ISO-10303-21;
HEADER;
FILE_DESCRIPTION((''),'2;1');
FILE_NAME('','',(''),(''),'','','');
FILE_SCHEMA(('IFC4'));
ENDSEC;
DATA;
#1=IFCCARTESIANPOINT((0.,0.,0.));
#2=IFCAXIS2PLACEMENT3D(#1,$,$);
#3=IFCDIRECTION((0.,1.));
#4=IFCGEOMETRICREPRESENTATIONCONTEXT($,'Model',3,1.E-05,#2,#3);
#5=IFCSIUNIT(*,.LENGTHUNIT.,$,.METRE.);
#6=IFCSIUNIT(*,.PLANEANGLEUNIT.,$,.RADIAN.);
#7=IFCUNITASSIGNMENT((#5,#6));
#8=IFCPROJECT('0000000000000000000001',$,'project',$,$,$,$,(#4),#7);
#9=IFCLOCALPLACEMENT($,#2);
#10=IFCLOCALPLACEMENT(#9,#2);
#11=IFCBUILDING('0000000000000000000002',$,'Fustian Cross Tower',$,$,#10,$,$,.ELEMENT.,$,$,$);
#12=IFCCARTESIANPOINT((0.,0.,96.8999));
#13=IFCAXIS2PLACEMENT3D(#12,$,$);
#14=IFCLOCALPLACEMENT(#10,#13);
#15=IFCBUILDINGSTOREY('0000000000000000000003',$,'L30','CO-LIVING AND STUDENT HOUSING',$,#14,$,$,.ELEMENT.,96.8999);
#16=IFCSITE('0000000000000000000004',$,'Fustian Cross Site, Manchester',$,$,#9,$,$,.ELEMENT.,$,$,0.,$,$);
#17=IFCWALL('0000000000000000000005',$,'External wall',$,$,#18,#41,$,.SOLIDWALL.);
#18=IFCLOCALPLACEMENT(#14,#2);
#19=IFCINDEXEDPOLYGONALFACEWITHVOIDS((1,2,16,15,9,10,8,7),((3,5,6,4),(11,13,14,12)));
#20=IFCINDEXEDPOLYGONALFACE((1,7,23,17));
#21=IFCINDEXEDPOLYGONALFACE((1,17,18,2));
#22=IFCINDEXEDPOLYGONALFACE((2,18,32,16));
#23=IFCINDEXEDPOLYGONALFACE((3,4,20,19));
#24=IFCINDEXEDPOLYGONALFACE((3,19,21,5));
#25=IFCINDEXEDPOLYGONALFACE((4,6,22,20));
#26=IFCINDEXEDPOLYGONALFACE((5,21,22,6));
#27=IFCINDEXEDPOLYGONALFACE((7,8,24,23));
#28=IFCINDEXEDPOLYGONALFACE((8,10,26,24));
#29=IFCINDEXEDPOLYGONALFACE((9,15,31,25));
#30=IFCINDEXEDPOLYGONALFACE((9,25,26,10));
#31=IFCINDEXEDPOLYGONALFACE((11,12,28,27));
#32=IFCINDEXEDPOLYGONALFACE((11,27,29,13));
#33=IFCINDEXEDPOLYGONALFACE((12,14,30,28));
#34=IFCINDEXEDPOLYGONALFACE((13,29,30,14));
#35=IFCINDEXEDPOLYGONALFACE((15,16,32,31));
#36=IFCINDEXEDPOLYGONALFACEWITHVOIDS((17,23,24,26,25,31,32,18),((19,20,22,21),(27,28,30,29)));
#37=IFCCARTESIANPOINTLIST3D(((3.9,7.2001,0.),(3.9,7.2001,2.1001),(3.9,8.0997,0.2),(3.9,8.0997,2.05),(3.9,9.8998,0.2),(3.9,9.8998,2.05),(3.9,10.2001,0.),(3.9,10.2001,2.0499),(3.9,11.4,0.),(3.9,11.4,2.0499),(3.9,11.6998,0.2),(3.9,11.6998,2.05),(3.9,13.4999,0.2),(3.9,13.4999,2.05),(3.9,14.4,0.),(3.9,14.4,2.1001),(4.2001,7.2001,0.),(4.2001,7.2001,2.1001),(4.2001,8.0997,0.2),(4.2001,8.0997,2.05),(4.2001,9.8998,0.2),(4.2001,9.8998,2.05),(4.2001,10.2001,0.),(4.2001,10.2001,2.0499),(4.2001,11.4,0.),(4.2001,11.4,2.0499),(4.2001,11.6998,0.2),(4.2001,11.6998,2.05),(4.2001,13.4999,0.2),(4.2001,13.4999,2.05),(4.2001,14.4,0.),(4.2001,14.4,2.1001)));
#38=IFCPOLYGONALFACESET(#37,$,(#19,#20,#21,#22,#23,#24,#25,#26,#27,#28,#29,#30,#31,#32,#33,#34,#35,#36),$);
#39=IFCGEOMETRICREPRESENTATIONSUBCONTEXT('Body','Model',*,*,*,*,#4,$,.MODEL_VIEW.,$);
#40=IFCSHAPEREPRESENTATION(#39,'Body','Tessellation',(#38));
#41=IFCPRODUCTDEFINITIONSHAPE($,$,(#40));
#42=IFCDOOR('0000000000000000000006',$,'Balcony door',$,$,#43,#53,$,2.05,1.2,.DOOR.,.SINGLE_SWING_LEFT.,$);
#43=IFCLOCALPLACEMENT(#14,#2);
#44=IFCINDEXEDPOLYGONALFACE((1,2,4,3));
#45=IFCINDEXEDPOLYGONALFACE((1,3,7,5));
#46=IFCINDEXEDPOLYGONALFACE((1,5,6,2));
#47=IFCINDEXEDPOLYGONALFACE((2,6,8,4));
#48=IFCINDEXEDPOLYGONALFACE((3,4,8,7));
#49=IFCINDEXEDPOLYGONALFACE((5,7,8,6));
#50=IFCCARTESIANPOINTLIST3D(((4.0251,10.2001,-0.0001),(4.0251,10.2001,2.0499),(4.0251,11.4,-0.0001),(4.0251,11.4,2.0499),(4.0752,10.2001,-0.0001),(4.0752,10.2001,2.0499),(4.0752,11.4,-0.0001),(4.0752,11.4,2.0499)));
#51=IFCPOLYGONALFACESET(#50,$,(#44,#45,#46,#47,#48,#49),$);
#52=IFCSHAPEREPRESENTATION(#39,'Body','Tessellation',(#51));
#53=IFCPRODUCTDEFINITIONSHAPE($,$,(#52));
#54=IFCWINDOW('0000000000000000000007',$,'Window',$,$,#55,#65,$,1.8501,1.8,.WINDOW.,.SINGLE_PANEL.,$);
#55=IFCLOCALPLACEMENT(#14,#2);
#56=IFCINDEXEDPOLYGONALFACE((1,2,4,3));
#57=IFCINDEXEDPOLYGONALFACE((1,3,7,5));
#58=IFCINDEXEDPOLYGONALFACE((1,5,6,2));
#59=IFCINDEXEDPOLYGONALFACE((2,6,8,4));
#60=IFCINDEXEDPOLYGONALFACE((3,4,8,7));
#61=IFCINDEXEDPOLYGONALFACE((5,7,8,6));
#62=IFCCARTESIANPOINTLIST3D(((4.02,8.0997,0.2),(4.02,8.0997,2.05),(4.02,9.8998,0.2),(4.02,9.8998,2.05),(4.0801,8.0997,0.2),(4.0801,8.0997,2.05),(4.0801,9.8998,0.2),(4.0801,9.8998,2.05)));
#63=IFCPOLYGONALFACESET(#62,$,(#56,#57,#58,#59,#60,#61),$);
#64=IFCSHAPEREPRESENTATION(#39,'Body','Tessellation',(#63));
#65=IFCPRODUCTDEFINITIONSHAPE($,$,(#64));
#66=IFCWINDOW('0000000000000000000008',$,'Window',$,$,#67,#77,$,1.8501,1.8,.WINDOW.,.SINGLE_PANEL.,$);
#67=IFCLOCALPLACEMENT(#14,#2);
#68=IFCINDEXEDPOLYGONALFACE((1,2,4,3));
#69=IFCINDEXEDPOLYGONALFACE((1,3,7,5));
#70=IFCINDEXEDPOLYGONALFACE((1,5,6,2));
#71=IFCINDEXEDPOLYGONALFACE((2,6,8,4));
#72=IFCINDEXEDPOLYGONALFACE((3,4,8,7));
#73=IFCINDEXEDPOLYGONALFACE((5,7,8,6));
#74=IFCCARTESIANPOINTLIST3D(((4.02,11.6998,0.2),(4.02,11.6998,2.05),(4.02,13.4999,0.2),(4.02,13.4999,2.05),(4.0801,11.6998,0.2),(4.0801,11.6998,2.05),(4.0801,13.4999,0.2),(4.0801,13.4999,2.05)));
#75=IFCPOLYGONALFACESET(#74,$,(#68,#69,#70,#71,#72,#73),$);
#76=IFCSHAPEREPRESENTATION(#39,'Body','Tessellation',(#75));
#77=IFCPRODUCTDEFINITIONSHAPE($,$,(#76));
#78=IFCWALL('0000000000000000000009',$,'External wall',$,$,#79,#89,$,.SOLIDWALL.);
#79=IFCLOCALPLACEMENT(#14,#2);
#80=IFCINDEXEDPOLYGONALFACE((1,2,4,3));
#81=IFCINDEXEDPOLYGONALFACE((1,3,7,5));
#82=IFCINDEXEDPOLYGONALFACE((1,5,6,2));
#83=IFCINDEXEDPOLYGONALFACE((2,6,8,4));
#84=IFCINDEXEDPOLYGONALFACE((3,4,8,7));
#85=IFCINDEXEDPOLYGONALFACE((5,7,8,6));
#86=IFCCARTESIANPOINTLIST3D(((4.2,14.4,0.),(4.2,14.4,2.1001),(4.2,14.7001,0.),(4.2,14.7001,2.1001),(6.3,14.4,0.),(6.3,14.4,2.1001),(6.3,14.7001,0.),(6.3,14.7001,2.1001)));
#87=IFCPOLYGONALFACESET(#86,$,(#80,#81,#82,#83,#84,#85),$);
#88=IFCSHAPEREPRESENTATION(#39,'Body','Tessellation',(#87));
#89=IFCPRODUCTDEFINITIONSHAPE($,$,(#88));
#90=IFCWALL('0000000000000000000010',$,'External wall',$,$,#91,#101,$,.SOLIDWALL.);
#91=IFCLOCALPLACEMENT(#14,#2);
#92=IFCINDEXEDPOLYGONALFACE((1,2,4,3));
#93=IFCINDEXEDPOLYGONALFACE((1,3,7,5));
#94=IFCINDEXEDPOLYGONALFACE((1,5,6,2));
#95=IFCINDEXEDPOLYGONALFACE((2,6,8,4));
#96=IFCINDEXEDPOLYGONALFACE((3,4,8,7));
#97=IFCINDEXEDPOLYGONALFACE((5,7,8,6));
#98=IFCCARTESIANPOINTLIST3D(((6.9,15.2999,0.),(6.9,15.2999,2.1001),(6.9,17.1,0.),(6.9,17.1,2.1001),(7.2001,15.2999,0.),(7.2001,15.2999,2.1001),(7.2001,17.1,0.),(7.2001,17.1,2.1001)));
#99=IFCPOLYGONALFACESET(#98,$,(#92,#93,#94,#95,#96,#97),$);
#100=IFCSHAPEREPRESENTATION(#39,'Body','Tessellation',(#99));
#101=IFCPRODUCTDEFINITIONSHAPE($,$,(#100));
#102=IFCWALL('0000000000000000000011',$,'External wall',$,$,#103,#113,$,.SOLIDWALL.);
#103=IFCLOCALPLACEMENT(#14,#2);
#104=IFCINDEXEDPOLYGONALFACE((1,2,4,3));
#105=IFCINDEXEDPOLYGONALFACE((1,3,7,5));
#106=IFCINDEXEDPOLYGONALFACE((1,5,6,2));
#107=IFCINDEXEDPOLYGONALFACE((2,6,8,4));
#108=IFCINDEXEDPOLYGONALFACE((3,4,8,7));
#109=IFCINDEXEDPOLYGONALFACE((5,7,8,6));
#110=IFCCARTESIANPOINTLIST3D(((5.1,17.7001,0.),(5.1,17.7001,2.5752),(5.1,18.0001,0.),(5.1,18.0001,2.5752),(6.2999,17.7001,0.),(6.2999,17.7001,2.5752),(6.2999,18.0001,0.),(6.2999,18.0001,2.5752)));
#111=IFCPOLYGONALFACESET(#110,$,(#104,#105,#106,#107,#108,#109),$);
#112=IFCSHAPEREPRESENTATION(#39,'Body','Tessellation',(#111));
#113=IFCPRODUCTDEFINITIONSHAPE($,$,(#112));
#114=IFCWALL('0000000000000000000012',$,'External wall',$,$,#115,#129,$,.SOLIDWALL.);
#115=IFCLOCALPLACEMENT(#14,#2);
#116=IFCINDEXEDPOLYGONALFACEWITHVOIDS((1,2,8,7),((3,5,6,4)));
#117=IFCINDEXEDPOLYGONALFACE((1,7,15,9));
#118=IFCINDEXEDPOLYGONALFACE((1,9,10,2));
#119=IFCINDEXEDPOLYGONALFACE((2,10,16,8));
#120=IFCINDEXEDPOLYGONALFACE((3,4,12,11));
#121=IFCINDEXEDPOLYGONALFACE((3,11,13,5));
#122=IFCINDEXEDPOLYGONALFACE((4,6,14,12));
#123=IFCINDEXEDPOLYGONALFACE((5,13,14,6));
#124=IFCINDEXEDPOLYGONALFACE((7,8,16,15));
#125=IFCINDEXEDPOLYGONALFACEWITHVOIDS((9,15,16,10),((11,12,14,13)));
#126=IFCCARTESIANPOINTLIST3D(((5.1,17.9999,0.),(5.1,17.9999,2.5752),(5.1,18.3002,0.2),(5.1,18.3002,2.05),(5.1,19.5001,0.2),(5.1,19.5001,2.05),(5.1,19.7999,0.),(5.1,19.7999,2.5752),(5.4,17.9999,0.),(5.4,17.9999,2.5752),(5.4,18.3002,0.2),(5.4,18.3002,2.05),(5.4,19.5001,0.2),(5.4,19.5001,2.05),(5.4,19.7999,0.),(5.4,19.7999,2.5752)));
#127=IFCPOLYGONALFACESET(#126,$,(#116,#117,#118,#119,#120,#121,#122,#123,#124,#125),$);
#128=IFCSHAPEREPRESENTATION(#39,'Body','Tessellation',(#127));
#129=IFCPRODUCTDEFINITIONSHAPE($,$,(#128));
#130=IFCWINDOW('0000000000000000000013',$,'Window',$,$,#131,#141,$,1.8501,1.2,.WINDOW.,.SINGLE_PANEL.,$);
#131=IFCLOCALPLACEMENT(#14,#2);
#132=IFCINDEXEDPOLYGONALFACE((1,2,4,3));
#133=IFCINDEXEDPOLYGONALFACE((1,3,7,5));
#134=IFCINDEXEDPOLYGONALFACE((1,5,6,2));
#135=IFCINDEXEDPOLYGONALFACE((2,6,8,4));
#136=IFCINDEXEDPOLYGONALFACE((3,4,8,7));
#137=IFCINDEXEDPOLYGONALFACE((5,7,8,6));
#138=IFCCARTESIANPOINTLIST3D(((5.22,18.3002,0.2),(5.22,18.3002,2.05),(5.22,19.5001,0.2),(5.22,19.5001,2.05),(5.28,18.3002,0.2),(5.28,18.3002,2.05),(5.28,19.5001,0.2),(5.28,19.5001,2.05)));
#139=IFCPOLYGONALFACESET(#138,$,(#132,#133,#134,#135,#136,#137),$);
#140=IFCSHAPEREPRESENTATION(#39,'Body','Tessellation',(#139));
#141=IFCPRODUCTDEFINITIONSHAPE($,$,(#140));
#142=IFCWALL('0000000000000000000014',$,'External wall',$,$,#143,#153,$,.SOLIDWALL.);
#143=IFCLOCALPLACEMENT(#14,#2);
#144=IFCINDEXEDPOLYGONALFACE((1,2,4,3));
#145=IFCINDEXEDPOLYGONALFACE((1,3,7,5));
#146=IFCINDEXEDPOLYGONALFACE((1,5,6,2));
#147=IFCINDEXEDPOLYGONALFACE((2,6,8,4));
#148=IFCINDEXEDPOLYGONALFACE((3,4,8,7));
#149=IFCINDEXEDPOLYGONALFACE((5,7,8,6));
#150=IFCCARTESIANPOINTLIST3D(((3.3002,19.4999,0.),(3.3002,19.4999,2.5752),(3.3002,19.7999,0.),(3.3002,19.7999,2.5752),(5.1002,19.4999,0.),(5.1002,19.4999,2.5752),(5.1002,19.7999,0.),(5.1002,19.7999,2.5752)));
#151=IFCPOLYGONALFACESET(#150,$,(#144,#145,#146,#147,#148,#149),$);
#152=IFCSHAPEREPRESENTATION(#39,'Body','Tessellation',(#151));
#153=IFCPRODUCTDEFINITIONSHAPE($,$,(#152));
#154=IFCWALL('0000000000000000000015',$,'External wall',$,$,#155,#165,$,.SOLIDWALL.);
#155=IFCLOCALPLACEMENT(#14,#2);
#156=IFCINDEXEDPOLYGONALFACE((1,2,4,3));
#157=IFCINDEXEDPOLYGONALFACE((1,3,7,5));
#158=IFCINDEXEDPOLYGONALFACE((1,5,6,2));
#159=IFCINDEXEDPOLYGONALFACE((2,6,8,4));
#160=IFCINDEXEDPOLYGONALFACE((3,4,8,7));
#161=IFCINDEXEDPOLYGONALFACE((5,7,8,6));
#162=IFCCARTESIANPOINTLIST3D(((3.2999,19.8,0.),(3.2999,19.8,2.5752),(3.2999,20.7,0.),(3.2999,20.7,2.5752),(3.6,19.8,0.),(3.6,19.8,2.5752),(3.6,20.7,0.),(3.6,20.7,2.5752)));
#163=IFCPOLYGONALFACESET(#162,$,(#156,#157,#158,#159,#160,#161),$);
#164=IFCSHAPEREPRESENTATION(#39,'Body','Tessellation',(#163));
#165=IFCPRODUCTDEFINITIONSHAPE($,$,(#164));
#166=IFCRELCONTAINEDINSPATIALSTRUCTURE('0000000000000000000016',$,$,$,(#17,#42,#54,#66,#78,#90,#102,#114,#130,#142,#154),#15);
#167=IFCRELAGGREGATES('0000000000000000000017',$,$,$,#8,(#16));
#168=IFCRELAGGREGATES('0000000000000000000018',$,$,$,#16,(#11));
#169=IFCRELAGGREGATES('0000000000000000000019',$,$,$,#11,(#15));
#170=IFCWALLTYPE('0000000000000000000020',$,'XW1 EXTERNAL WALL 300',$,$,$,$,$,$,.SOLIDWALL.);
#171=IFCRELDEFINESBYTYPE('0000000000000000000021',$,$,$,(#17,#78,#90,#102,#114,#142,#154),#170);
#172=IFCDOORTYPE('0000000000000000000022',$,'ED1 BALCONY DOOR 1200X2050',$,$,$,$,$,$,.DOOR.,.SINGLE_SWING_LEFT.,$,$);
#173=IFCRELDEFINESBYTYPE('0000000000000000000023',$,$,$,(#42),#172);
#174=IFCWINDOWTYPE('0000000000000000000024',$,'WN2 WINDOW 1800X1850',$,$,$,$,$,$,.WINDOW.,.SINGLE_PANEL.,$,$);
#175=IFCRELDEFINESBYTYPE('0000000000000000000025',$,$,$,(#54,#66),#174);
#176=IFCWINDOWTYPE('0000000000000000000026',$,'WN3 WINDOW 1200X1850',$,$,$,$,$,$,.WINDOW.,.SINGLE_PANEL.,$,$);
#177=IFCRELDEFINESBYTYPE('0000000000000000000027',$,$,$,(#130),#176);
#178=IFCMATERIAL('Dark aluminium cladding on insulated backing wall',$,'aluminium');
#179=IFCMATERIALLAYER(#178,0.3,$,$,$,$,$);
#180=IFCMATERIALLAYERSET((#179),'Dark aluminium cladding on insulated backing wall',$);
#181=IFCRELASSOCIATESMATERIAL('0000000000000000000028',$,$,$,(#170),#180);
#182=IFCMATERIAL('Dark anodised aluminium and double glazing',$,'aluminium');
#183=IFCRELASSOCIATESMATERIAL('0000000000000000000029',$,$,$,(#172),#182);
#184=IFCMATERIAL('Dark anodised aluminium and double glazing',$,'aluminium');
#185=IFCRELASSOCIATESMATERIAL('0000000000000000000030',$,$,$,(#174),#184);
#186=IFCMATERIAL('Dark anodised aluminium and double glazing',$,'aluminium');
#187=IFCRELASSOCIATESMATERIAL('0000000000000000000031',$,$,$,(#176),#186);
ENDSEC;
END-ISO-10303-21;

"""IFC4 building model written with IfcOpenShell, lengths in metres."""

from ifc_helpers import new_model, si_unit, direction, frame, frame_2d, origin, place, context, subcontext, project, spatial, rectangle, extrude, material, layer, layer_set, type_object, element, fill, save


model = new_model("IFC4")

# Units and contexts
model_context = context("Model", 3, precision=1e-05, world=origin(), true_north=direction((0.0, 1.0)))
body_context = subcontext(model_context, "Body", "Model", "MODEL_VIEW")
ifc_project = project(units=[si_unit("LENGTHUNIT", "METRE"), si_unit("PLANEANGLEUNIT", "RADIAN")], contexts=[model_context])

# Site, building, storey
site_placement = place(None, origin())
site = spatial("IfcSite", under=ifc_project, at=site_placement, Name="Fustian Cross Site, Manchester", CompositionType="ELEMENT", RefElevation=0.0)
building_placement = place(site_placement, origin())
building = spatial("IfcBuilding", under=site, at=building_placement, Name="Fustian Cross Tower", CompositionType="ELEMENT")
storey_placement = place(building_placement, frame((0.0, 0.0, 96.8999)))
storey = spatial("IfcBuildingStorey", under=building, at=storey_placement, Name="L30", Description="CO-LIVING AND STUDENT HOUSING", CompositionType="ELEMENT", Elevation=96.8999)

# Wall, openings, door, windows
ifc_material_1 = material(Name="Dark aluminium cladding on insulated backing wall", Category="aluminium")
ifc_layer_1 = layer(ifc_material_1, 0.3)
ifc_layer_set_1 = layer_set([ifc_layer_1], Name="Dark aluminium cladding on insulated backing wall")
wall_type_1 = type_object("IfcWallType", Name="XW1 EXTERNAL WALL 300", PredefinedType="SOLIDWALL", material=ifc_layer_set_1)
wall_1_placement = place(storey_placement, frame((4.05, 7.2, 0.0), z_axis=(0.0, 0.0, 1.0), x_axis=(0.0, 1.0, 0.0)))
wall_1 = element("IfcWall", 1, at=wall_1_placement, inside=storey, type_object=wall_type_1, Name="External wall", PredefinedType="SOLIDWALL", context=body_context, shape_type="SweptSolid", body=[
    extrude(rectangle(XDim=7.2, YDim=0.3, at=frame_2d((3.6001, 0.0))), origin(), (0.0, 0.0, 1.0), 2.1001),
])
opening_1_placement = place(wall_1_placement, frame((3.0, 0.0, 0.0)))
opening_1 = element("IfcOpeningElement", 2, at=opening_1_placement, cuts=wall_1, PredefinedType="OPENING", context=body_context, shape_type="SweptSolid", body=[
    extrude(rectangle(XDim=1.2, YDim=2.05, at=frame_2d((0.6001, 1.0249))), frame((0.0, 0.1599, 0.0), z_axis=(0.0, -1.0, 0.0), x_axis=(1.0, 0.0, 0.0)), (0.0, 0.0, 1.0), 0.3201),
])
opening_2_placement = place(wall_1_placement, frame((0.8999, 0.0, 0.2)))
opening_2 = element("IfcOpeningElement", 3, at=opening_2_placement, cuts=wall_1, PredefinedType="OPENING", context=body_context, shape_type="SweptSolid", body=[
    extrude(rectangle(XDim=1.8, YDim=1.8501, at=frame_2d((0.8999, 0.925))), frame((0.0, 0.1599, 0.0), z_axis=(0.0, -1.0, 0.0), x_axis=(1.0, 0.0, 0.0)), (0.0, 0.0, 1.0), 0.3201),
])
opening_3_placement = place(wall_1_placement, frame((4.5, 0.0, 0.2)))
opening_3 = element("IfcOpeningElement", 4, at=opening_3_placement, cuts=wall_1, PredefinedType="OPENING", context=body_context, shape_type="SweptSolid", body=[
    extrude(rectangle(XDim=1.8, YDim=1.8501, at=frame_2d((0.8999, 0.925))), frame((0.0, 0.1599, 0.0), z_axis=(0.0, -1.0, 0.0), x_axis=(1.0, 0.0, 0.0)), (0.0, 0.0, 1.0), 0.3201),
])
ifc_material_2 = material(Name="Dark anodised aluminium and double glazing", Category="aluminium")
door_type = type_object("IfcDoorType", Name="ED1 BALCONY DOOR 1200X2050", OperationType="SINGLE_SWING_LEFT", PredefinedType="DOOR", material=ifc_material_2)
door_placement = place(opening_1_placement, origin())
door = element("IfcDoor", 5, at=door_placement, inside=storey, type_object=door_type, Name="Balcony door", OperationType="SINGLE_SWING_LEFT", OverallHeight=2.05, OverallWidth=1.2, PredefinedType="DOOR", context=body_context, shape_type="SweptSolid", body=[
    extrude(rectangle(XDim=1.2, YDim=2.05, at=frame_2d((0.6001, 1.0249))), frame((0.0, 0.0249, 0.0), z_axis=(0.0, -1.0, 0.0), x_axis=(1.0, 0.0, 0.0)), (0.0, 0.0, 1.0), 0.05),
])
fill(opening_1, door)
ifc_material_3 = material(Name="Dark anodised aluminium and double glazing", Category="aluminium")
window_type_1 = type_object("IfcWindowType", Name="WN2 WINDOW 1800X1850", PartitioningType="SINGLE_PANEL", PredefinedType="WINDOW", material=ifc_material_3)
window_1_placement = place(opening_2_placement, origin())
window_1 = element("IfcWindow", 6, at=window_1_placement, inside=storey, type_object=window_type_1, Name="Window", OverallHeight=1.8501, OverallWidth=1.8, PartitioningType="SINGLE_PANEL", PredefinedType="WINDOW", context=body_context, shape_type="SweptSolid", body=[
    extrude(rectangle(XDim=1.8, YDim=1.8501, at=frame_2d((0.8999, 0.925))), frame((0.0, 0.03, 0.0), z_axis=(0.0, -1.0, 0.0), x_axis=(1.0, 0.0, 0.0)), (0.0, 0.0, 1.0), 0.0601),
])
fill(opening_2, window_1)
window_2_placement = place(opening_3_placement, origin())
window_2 = element("IfcWindow", 7, at=window_2_placement, inside=storey, type_object=window_type_1, Name="Window", OverallHeight=1.8501, OverallWidth=1.8, PartitioningType="SINGLE_PANEL", PredefinedType="WINDOW", context=body_context, shape_type="SweptSolid", body=[
    extrude(rectangle(XDim=1.8, YDim=1.8501, at=frame_2d((0.8999, 0.925))), frame((0.0, 0.03, 0.0), z_axis=(0.0, -1.0, 0.0), x_axis=(1.0, 0.0, 0.0)), (0.0, 0.0, 1.0), 0.0601),
])
fill(opening_3, window_2)

# Walls
wall_2_placement = place(storey_placement, frame((4.2, 14.55, 0.0), z_axis=(0.0, 0.0, 1.0), x_axis=(1.0, 0.0, 0.0)))
element("IfcWall", 8, at=wall_2_placement, inside=storey, type_object=wall_type_1, Name="External wall", PredefinedType="SOLIDWALL", context=body_context, shape_type="SweptSolid", body=[
    extrude(rectangle(XDim=2.1001, YDim=0.3, at=frame_2d((1.05, 0.0))), origin(), (0.0, 0.0, 1.0), 2.1001),
])
wall_3_placement = place(storey_placement, frame((7.05, 15.3, 0.0), z_axis=(0.0, 0.0, 1.0), x_axis=(0.0, 1.0, 0.0)))
element("IfcWall", 9, at=wall_3_placement, inside=storey, type_object=wall_type_1, Name="External wall", PredefinedType="SOLIDWALL", context=body_context, shape_type="SweptSolid", body=[
    extrude(rectangle(XDim=1.8, YDim=0.3, at=frame_2d((0.8999, 0.0))), origin(), (0.0, 0.0, 1.0), 2.1001),
])
wall_4_placement = place(storey_placement, frame((6.3, 17.8501, 0.0), z_axis=(0.0, 0.0, 1.0), x_axis=(-1.0, 0.0, 0.0)))
element("IfcWall", 10, at=wall_4_placement, inside=storey, type_object=wall_type_1, Name="External wall", PredefinedType="SOLIDWALL", context=body_context, shape_type="SweptSolid", body=[
    extrude(rectangle(XDim=1.2, YDim=0.3, at=frame_2d((0.6001, 0.0))), origin(), (0.0, 0.0, 1.0), 2.5752),
])

# Wall, opening, window
wall_5_placement = place(storey_placement, frame((5.25, 18.0, 0.0), z_axis=(0.0, 0.0, 1.0), x_axis=(0.0, 1.0, 0.0)))
wall_5 = element("IfcWall", 11, at=wall_5_placement, inside=storey, type_object=wall_type_1, Name="External wall", PredefinedType="SOLIDWALL", context=body_context, shape_type="SweptSolid", body=[
    extrude(rectangle(XDim=1.8, YDim=0.3, at=frame_2d((0.8999, 0.0))), origin(), (0.0, 0.0, 1.0), 2.5752),
])
opening_4_placement = place(wall_5_placement, frame((0.3, 0.0, 0.2)))
opening_4 = element("IfcOpeningElement", 12, at=opening_4_placement, cuts=wall_5, PredefinedType="OPENING", context=body_context, shape_type="SweptSolid", body=[
    extrude(rectangle(XDim=1.2, YDim=1.8501, at=frame_2d((0.6001, 0.925))), frame((0.0, 0.1599, 0.0), z_axis=(0.0, -1.0, 0.0), x_axis=(1.0, 0.0, 0.0)), (0.0, 0.0, 1.0), 0.3201),
])
ifc_material_4 = material(Name="Dark anodised aluminium and double glazing", Category="aluminium")
window_type_2 = type_object("IfcWindowType", Name="WN3 WINDOW 1200X1850", PartitioningType="SINGLE_PANEL", PredefinedType="WINDOW", material=ifc_material_4)
window_3_placement = place(opening_4_placement, origin())
window_3 = element("IfcWindow", 13, at=window_3_placement, inside=storey, type_object=window_type_2, Name="Window", OverallHeight=1.8501, OverallWidth=1.2, PartitioningType="SINGLE_PANEL", PredefinedType="WINDOW", context=body_context, shape_type="SweptSolid", body=[
    extrude(rectangle(XDim=1.2, YDim=1.8501, at=frame_2d((0.6001, 0.925))), frame((0.0, 0.03, 0.0), z_axis=(0.0, -1.0, 0.0), x_axis=(1.0, 0.0, 0.0)), (0.0, 0.0, 1.0), 0.0601),
])
fill(opening_4, window_3)

# Walls
wall_6_placement = place(storey_placement, frame((5.1001, 19.6499, 0.0), z_axis=(0.0, 0.0, 1.0), x_axis=(-1.0, 0.0, 0.0)))
element("IfcWall", 14, at=wall_6_placement, inside=storey, type_object=wall_type_1, Name="External wall", PredefinedType="SOLIDWALL", context=body_context, shape_type="SweptSolid", body=[
    extrude(rectangle(XDim=1.8, YDim=0.3, at=frame_2d((0.8999, 0.0))), origin(), (0.0, 0.0, 1.0), 2.5752),
])
wall_7_placement = place(storey_placement, frame((3.45, 19.8, 0.0), z_axis=(0.0, 0.0, 1.0), x_axis=(0.0, 1.0, 0.0)))
element("IfcWall", 15, at=wall_7_placement, inside=storey, type_object=wall_type_1, Name="External wall", PredefinedType="SOLIDWALL", context=body_context, shape_type="SweptSolid", body=[
    extrude(rectangle(XDim=0.8999, YDim=0.3, at=frame_2d((0.45, 0.0))), origin(), (0.0, 0.0, 1.0), 2.5752),
])

save(model, "model.ifc")
